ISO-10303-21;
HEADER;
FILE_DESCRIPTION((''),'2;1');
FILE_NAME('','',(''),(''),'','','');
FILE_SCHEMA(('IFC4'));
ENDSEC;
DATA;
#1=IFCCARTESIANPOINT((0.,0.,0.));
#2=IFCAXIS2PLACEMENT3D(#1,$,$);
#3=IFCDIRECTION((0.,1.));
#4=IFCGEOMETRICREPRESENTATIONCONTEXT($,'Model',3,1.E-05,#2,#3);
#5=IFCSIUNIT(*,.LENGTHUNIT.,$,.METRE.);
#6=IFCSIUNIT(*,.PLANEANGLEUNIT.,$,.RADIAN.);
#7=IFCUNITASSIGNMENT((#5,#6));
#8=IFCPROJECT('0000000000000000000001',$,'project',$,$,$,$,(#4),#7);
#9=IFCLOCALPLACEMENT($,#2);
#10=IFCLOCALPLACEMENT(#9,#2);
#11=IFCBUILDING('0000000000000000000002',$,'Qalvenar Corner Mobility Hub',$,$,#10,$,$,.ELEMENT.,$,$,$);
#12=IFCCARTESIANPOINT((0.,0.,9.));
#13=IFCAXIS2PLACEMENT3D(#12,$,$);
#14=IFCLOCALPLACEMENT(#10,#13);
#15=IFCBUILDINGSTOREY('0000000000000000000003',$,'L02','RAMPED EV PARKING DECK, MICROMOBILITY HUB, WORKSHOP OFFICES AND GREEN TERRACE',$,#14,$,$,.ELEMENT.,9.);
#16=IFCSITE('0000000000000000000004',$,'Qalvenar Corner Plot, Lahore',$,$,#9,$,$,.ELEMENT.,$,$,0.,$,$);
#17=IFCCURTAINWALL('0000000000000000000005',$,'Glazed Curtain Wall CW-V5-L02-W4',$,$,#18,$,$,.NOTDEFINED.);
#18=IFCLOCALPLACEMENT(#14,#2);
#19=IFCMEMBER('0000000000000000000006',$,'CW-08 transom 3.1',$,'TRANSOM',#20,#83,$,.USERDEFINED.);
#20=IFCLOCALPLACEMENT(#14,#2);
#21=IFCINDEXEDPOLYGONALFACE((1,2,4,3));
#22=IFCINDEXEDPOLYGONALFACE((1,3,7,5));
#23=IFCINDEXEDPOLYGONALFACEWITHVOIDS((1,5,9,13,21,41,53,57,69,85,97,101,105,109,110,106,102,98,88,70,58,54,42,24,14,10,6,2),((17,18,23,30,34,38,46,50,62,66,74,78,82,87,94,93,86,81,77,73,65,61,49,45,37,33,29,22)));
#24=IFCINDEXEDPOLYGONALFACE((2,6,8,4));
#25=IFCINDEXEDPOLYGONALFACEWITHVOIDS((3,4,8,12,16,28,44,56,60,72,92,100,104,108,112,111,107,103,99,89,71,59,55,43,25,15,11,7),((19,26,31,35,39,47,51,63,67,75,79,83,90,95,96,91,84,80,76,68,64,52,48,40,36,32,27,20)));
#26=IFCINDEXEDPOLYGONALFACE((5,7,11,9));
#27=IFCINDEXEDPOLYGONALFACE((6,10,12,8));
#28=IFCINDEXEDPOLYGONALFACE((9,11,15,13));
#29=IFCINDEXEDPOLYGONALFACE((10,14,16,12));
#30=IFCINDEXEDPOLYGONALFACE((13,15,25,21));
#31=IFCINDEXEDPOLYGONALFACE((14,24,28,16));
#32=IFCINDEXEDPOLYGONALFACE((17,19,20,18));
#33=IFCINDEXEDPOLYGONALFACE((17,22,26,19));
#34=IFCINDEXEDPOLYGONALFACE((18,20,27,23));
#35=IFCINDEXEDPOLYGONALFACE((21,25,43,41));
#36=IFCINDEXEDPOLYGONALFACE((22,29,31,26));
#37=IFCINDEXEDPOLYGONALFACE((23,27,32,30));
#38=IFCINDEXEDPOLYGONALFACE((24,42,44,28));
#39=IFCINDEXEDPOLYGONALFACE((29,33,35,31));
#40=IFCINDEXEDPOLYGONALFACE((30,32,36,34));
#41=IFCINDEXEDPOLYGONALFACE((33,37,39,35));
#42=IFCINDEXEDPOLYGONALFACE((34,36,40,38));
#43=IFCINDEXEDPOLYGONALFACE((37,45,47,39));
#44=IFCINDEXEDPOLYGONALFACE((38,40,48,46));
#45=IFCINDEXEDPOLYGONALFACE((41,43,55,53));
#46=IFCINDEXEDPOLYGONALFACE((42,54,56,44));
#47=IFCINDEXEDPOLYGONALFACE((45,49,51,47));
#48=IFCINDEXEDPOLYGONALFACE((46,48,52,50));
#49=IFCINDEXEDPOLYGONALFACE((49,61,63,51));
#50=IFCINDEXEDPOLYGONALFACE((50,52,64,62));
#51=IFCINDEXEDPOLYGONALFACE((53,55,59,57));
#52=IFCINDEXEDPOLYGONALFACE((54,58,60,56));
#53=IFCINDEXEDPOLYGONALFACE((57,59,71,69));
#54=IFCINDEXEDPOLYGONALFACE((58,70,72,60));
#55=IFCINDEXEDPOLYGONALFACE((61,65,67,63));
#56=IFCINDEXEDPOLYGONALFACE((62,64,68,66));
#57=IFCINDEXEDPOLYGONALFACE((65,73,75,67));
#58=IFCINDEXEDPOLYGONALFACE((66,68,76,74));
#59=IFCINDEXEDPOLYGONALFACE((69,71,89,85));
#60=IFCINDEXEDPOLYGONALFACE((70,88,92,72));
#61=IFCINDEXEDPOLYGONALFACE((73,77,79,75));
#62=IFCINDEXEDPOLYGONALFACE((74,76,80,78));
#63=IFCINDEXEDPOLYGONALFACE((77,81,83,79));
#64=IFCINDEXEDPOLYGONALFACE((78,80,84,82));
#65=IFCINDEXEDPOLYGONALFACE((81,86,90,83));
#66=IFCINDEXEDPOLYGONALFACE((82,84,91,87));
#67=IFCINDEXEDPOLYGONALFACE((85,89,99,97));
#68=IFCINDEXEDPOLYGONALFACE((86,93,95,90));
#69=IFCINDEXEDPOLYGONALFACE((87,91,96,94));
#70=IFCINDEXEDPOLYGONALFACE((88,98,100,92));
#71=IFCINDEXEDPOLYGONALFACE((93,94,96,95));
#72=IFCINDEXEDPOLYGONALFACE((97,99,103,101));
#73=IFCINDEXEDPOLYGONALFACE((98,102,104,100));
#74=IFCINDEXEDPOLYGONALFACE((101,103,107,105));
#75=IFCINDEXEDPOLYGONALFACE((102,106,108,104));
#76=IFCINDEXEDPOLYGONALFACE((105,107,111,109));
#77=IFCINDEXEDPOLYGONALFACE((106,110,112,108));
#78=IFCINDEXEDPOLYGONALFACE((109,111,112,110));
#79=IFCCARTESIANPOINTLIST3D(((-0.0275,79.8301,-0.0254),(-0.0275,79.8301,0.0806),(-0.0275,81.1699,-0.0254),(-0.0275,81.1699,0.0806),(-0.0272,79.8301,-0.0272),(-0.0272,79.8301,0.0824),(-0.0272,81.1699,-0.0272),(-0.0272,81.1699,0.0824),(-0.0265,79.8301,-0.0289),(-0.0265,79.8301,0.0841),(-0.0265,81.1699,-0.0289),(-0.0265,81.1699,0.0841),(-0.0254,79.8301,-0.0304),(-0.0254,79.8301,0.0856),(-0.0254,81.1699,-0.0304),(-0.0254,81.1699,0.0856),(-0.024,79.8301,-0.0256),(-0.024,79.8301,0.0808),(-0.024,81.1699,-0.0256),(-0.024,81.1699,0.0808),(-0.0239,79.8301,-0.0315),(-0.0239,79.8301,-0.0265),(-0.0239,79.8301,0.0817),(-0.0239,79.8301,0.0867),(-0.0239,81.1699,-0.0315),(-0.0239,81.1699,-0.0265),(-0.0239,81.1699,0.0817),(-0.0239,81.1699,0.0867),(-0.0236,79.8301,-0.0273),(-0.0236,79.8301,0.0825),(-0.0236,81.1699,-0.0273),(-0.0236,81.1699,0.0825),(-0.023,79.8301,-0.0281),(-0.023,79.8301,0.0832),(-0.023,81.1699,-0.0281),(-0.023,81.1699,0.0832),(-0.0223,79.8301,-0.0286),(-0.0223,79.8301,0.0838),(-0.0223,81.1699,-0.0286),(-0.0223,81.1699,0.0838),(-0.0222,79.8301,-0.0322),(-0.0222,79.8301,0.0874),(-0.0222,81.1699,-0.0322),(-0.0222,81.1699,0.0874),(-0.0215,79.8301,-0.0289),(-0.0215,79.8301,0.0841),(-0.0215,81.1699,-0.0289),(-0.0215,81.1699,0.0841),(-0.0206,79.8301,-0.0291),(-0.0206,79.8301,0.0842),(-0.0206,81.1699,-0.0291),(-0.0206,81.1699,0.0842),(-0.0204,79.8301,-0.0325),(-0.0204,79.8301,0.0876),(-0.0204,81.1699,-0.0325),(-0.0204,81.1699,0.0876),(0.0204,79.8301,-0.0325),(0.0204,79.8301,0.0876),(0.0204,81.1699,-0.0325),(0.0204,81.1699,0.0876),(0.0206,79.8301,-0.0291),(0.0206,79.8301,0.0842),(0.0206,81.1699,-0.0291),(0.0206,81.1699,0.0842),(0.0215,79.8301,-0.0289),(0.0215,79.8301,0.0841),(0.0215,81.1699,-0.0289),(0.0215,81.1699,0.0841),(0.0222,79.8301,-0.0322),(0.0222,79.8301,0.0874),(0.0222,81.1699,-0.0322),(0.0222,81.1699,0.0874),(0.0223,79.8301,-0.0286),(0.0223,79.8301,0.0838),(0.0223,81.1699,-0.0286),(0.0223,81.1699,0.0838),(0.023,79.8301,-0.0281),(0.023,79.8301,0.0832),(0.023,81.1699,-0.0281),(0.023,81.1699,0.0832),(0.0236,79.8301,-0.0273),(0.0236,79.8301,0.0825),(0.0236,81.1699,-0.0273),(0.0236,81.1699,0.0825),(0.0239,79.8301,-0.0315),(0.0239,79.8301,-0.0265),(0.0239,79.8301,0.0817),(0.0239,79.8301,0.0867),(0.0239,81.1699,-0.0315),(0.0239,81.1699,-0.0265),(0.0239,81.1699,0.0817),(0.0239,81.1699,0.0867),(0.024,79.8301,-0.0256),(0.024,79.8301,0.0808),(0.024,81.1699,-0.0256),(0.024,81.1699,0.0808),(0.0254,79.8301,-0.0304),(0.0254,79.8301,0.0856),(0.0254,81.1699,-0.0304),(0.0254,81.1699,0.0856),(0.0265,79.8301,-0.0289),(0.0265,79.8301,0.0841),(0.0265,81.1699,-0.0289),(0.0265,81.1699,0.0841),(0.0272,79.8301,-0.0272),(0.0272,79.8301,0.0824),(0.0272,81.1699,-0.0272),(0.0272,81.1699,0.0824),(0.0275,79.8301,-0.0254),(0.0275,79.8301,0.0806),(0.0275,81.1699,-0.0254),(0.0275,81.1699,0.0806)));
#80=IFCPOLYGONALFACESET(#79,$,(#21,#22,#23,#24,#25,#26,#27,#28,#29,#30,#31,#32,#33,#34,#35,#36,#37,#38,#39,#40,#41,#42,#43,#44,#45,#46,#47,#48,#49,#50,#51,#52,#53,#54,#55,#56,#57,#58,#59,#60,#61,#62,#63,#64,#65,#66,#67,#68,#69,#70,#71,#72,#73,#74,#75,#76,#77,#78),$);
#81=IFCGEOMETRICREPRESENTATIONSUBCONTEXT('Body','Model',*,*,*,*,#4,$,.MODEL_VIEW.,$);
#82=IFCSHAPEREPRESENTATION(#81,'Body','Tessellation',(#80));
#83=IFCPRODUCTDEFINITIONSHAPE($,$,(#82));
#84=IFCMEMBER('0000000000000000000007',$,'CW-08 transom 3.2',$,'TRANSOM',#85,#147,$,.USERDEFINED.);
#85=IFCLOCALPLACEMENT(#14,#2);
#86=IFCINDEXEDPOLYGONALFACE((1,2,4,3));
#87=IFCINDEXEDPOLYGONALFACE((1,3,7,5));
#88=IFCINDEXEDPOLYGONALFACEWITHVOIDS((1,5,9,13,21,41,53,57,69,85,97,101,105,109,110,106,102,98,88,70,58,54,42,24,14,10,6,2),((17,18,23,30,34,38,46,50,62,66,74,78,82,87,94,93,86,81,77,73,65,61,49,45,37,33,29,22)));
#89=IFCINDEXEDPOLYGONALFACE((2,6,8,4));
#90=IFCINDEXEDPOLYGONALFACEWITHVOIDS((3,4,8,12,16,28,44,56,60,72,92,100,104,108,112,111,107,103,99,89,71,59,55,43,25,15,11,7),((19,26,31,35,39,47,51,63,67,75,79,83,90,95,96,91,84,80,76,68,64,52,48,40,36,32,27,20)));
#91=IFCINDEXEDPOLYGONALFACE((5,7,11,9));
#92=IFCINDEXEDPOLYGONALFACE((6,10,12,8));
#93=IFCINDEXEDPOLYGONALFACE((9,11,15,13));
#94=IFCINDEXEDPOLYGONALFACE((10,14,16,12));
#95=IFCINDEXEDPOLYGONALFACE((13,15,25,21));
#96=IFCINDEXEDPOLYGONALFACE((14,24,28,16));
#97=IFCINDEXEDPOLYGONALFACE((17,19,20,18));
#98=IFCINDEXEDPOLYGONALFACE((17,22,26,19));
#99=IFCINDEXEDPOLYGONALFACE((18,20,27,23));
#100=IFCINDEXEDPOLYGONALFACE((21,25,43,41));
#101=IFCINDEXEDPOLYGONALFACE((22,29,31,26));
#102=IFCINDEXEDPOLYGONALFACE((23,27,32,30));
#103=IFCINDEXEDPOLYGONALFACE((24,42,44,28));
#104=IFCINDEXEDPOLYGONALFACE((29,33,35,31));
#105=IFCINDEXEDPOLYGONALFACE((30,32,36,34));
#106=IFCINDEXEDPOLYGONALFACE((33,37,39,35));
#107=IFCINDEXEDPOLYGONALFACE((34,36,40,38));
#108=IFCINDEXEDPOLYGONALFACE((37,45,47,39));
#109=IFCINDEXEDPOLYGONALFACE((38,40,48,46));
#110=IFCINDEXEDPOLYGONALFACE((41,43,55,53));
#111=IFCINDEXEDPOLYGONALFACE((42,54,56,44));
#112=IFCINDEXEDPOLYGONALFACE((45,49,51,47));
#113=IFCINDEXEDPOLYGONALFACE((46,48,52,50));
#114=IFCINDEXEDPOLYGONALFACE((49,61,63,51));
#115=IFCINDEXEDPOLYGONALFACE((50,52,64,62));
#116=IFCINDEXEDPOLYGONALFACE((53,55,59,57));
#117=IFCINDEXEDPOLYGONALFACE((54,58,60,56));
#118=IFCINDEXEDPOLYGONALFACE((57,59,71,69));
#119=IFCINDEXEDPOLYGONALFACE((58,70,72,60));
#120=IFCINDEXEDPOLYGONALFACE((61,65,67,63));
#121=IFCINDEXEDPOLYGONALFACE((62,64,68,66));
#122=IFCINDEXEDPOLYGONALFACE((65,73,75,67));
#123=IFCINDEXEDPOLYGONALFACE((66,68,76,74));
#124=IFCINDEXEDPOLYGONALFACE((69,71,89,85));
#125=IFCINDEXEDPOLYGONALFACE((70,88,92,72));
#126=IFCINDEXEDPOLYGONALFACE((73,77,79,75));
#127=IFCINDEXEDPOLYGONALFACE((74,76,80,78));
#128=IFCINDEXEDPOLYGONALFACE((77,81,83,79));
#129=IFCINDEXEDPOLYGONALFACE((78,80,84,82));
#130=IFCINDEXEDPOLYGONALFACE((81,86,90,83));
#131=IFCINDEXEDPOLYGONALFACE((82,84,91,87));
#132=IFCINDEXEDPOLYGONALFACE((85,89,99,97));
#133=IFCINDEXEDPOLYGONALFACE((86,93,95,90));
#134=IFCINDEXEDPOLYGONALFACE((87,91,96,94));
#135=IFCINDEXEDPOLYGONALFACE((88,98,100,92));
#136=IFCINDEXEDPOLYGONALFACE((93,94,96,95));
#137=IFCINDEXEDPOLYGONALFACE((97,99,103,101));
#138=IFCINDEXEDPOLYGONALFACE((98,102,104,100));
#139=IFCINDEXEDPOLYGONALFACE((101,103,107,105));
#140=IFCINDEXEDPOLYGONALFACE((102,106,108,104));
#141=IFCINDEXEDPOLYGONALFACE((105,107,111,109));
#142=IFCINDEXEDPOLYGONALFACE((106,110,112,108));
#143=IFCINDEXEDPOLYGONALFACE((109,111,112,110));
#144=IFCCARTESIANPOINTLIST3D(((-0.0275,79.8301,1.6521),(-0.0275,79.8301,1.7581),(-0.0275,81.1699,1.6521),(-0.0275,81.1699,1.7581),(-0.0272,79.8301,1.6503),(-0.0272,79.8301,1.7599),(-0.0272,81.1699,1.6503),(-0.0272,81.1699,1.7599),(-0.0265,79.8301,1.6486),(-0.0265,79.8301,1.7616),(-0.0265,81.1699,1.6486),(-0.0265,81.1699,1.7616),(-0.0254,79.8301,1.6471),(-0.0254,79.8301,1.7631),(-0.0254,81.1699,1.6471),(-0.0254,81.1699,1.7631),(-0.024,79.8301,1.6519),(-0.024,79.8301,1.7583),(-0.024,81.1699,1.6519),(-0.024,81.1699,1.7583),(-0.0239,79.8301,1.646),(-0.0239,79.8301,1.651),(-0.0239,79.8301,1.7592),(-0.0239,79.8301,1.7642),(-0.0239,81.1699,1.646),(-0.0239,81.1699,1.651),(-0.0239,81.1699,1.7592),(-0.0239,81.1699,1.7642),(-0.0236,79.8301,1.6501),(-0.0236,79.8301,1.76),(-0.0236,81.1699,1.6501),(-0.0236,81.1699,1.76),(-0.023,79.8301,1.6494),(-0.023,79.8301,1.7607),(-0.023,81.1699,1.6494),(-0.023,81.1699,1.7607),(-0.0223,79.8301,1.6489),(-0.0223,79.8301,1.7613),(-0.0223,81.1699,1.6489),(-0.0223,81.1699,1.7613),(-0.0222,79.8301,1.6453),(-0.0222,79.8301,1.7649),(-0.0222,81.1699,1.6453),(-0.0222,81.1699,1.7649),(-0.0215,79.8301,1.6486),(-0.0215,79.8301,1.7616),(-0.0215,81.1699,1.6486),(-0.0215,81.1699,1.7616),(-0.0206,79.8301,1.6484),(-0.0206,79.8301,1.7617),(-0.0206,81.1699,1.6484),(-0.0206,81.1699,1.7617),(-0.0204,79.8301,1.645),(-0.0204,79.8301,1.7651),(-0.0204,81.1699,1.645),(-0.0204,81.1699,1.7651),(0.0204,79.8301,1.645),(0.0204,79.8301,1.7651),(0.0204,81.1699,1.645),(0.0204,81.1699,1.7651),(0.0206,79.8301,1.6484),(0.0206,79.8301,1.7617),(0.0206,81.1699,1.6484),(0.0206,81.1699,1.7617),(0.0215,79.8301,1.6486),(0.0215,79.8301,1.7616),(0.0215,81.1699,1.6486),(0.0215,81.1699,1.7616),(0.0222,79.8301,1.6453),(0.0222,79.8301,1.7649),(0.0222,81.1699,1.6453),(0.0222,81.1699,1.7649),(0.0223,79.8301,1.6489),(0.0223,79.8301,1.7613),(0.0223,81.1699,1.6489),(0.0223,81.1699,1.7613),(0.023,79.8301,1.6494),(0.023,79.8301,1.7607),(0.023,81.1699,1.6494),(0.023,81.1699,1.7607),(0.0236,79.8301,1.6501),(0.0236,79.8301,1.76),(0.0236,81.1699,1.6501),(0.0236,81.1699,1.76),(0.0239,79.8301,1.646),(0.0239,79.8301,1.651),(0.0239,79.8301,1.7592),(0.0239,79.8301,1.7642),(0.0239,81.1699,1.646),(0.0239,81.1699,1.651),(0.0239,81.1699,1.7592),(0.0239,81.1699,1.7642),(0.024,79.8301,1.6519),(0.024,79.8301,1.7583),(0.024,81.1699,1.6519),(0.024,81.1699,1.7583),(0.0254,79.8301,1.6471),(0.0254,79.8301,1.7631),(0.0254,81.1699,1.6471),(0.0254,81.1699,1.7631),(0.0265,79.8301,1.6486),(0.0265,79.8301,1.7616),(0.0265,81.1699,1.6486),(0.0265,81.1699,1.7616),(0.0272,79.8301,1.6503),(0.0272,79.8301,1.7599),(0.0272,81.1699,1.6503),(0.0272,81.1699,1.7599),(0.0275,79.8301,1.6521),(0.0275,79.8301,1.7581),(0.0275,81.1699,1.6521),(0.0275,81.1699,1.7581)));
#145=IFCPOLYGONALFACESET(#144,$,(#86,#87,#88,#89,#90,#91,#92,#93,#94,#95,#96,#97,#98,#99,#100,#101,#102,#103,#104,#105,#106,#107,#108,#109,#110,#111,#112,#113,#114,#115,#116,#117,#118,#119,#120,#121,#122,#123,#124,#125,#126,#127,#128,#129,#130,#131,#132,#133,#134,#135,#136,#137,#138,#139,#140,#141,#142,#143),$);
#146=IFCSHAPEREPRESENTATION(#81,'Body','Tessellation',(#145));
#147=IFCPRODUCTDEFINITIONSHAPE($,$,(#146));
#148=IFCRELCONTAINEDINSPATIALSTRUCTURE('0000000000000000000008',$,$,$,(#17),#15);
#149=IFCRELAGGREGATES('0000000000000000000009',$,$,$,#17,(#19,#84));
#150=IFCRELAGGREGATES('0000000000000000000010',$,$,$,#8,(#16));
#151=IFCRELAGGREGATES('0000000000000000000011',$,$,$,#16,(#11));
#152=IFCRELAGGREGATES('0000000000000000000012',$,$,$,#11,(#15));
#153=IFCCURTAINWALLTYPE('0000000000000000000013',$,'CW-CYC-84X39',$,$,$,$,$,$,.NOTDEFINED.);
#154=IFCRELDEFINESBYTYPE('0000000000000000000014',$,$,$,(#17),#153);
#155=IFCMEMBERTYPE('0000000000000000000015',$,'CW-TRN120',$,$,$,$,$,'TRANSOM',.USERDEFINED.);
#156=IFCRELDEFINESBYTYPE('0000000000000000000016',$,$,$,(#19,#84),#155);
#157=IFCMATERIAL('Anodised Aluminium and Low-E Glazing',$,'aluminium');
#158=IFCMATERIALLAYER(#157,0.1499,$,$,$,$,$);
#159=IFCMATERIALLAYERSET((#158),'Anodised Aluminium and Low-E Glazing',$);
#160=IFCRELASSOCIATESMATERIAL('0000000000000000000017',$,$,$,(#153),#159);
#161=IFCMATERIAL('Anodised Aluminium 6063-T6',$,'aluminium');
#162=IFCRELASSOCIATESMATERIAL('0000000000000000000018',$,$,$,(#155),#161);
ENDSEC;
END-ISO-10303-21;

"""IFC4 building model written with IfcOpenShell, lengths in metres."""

from ifc_helpers import new_model, si_unit, direction, frame, origin, origin_2d, place, context, subcontext, project, spatial, hollow_rectangle, extrude, material, layer, layer_set, material_profile, profile_set, type_object, element, aggregate, save


model = new_model("IFC4")

# Units and contexts
model_context = context("Model", 3, precision=1e-05, world=origin(), true_north=direction((0.0, 1.0)))
body_context = subcontext(model_context, "Body", "Model", "MODEL_VIEW")
ifc_project = project(units=[si_unit("LENGTHUNIT", "METRE"), si_unit("PLANEANGLEUNIT", "RADIAN")], contexts=[model_context])

# Site, building, storey
site_placement = place(None, origin())
site = spatial("IfcSite", under=ifc_project, at=site_placement, Name="Qalvenar Corner Plot, Lahore", CompositionType="ELEMENT", RefElevation=0.0)
building_placement = place(site_placement, origin())
building = spatial("IfcBuilding", under=site, at=building_placement, Name="Qalvenar Corner Mobility Hub", CompositionType="ELEMENT")
storey_placement = place(building_placement, frame((0.0, 0.0, 9.0)))
storey = spatial("IfcBuildingStorey", under=building, at=storey_placement, Name="L02", Description="RAMPED EV PARKING DECK, MICROMOBILITY HUB, WORKSHOP OFFICES AND GREEN TERRACE", CompositionType="ELEMENT", Elevation=9.0)

# Curtain wall, members
ifc_material_1 = material(Name="Anodised Aluminium and Low-E Glazing", Category="aluminium")
ifc_layer_1 = layer(ifc_material_1, 0.1499)
ifc_layer_set_1 = layer_set([ifc_layer_1], Name="Anodised Aluminium and Low-E Glazing")
curtain_wall_type = type_object("IfcCurtainWallType", Name="CW-CYC-84X39", PredefinedType="NOTDEFINED", material=ifc_layer_set_1)
curtain_wall_placement = place(storey_placement, origin())
curtain_wall = element("IfcCurtainWall", 1, at=curtain_wall_placement, inside=storey, type_object=curtain_wall_type, Name="Glazed Curtain Wall CW-V5-L02-W4", PredefinedType="NOTDEFINED")
ifc_material_2 = material(Name="Anodised Aluminium 6063-T6", Category="aluminium")
ifc_material_profile_1 = material_profile(ifc_material_2, hollow_rectangle(XDim=0.0549, YDim=0.1201, WallThickness=0.0034, InnerFilletRadius=0.0034, OuterFilletRadius=0.0071, at=origin_2d()), Name="RHS120x55x3.5")
ifc_profile_set_1 = profile_set([ifc_material_profile_1], Name="Anodised Aluminium 6063-T6")
member_type_1 = type_object("IfcMemberType", Name="CW-TRN120", ElementType="TRANSOM", PredefinedType="USERDEFINED", material=ifc_profile_set_1)
member_1_placement = place(storey_placement, frame((0.0, 81.1699, 0.0276), z_axis=(0.0, -1.0, 0.0), x_axis=(1.0, 0.0, 0.0)))
member_1 = element("IfcMember", 2, at=member_1_placement, type_object=member_type_1, Name="CW-08 transom 3.1", ObjectType="TRANSOM", PredefinedType="USERDEFINED", context=body_context, shape_type="SweptSolid", body=[
    extrude(hollow_rectangle(XDim=0.0549, YDim=0.1201, WallThickness=0.0034, InnerFilletRadius=0.0034, OuterFilletRadius=0.0071, at=origin_2d()), origin(), (0.0, 0.0, 1.0), 1.3398),
])
member_2_placement = place(storey_placement, frame((0.0, 81.1699, 1.7051), z_axis=(0.0, -1.0, 0.0), x_axis=(1.0, 0.0, 0.0)))
member_2 = element("IfcMember", 3, at=member_2_placement, type_object=member_type_1, Name="CW-08 transom 3.2", ObjectType="TRANSOM", PredefinedType="USERDEFINED", context=body_context, shape_type="SweptSolid", body=[
    extrude(hollow_rectangle(XDim=0.0549, YDim=0.1201, WallThickness=0.0034, InnerFilletRadius=0.0034, OuterFilletRadius=0.0071, at=origin_2d()), origin(), (0.0, 0.0, 1.0), 1.3398),
])
aggregate(curtain_wall, [member_1, member_2])

save(model, "model.ifc")
